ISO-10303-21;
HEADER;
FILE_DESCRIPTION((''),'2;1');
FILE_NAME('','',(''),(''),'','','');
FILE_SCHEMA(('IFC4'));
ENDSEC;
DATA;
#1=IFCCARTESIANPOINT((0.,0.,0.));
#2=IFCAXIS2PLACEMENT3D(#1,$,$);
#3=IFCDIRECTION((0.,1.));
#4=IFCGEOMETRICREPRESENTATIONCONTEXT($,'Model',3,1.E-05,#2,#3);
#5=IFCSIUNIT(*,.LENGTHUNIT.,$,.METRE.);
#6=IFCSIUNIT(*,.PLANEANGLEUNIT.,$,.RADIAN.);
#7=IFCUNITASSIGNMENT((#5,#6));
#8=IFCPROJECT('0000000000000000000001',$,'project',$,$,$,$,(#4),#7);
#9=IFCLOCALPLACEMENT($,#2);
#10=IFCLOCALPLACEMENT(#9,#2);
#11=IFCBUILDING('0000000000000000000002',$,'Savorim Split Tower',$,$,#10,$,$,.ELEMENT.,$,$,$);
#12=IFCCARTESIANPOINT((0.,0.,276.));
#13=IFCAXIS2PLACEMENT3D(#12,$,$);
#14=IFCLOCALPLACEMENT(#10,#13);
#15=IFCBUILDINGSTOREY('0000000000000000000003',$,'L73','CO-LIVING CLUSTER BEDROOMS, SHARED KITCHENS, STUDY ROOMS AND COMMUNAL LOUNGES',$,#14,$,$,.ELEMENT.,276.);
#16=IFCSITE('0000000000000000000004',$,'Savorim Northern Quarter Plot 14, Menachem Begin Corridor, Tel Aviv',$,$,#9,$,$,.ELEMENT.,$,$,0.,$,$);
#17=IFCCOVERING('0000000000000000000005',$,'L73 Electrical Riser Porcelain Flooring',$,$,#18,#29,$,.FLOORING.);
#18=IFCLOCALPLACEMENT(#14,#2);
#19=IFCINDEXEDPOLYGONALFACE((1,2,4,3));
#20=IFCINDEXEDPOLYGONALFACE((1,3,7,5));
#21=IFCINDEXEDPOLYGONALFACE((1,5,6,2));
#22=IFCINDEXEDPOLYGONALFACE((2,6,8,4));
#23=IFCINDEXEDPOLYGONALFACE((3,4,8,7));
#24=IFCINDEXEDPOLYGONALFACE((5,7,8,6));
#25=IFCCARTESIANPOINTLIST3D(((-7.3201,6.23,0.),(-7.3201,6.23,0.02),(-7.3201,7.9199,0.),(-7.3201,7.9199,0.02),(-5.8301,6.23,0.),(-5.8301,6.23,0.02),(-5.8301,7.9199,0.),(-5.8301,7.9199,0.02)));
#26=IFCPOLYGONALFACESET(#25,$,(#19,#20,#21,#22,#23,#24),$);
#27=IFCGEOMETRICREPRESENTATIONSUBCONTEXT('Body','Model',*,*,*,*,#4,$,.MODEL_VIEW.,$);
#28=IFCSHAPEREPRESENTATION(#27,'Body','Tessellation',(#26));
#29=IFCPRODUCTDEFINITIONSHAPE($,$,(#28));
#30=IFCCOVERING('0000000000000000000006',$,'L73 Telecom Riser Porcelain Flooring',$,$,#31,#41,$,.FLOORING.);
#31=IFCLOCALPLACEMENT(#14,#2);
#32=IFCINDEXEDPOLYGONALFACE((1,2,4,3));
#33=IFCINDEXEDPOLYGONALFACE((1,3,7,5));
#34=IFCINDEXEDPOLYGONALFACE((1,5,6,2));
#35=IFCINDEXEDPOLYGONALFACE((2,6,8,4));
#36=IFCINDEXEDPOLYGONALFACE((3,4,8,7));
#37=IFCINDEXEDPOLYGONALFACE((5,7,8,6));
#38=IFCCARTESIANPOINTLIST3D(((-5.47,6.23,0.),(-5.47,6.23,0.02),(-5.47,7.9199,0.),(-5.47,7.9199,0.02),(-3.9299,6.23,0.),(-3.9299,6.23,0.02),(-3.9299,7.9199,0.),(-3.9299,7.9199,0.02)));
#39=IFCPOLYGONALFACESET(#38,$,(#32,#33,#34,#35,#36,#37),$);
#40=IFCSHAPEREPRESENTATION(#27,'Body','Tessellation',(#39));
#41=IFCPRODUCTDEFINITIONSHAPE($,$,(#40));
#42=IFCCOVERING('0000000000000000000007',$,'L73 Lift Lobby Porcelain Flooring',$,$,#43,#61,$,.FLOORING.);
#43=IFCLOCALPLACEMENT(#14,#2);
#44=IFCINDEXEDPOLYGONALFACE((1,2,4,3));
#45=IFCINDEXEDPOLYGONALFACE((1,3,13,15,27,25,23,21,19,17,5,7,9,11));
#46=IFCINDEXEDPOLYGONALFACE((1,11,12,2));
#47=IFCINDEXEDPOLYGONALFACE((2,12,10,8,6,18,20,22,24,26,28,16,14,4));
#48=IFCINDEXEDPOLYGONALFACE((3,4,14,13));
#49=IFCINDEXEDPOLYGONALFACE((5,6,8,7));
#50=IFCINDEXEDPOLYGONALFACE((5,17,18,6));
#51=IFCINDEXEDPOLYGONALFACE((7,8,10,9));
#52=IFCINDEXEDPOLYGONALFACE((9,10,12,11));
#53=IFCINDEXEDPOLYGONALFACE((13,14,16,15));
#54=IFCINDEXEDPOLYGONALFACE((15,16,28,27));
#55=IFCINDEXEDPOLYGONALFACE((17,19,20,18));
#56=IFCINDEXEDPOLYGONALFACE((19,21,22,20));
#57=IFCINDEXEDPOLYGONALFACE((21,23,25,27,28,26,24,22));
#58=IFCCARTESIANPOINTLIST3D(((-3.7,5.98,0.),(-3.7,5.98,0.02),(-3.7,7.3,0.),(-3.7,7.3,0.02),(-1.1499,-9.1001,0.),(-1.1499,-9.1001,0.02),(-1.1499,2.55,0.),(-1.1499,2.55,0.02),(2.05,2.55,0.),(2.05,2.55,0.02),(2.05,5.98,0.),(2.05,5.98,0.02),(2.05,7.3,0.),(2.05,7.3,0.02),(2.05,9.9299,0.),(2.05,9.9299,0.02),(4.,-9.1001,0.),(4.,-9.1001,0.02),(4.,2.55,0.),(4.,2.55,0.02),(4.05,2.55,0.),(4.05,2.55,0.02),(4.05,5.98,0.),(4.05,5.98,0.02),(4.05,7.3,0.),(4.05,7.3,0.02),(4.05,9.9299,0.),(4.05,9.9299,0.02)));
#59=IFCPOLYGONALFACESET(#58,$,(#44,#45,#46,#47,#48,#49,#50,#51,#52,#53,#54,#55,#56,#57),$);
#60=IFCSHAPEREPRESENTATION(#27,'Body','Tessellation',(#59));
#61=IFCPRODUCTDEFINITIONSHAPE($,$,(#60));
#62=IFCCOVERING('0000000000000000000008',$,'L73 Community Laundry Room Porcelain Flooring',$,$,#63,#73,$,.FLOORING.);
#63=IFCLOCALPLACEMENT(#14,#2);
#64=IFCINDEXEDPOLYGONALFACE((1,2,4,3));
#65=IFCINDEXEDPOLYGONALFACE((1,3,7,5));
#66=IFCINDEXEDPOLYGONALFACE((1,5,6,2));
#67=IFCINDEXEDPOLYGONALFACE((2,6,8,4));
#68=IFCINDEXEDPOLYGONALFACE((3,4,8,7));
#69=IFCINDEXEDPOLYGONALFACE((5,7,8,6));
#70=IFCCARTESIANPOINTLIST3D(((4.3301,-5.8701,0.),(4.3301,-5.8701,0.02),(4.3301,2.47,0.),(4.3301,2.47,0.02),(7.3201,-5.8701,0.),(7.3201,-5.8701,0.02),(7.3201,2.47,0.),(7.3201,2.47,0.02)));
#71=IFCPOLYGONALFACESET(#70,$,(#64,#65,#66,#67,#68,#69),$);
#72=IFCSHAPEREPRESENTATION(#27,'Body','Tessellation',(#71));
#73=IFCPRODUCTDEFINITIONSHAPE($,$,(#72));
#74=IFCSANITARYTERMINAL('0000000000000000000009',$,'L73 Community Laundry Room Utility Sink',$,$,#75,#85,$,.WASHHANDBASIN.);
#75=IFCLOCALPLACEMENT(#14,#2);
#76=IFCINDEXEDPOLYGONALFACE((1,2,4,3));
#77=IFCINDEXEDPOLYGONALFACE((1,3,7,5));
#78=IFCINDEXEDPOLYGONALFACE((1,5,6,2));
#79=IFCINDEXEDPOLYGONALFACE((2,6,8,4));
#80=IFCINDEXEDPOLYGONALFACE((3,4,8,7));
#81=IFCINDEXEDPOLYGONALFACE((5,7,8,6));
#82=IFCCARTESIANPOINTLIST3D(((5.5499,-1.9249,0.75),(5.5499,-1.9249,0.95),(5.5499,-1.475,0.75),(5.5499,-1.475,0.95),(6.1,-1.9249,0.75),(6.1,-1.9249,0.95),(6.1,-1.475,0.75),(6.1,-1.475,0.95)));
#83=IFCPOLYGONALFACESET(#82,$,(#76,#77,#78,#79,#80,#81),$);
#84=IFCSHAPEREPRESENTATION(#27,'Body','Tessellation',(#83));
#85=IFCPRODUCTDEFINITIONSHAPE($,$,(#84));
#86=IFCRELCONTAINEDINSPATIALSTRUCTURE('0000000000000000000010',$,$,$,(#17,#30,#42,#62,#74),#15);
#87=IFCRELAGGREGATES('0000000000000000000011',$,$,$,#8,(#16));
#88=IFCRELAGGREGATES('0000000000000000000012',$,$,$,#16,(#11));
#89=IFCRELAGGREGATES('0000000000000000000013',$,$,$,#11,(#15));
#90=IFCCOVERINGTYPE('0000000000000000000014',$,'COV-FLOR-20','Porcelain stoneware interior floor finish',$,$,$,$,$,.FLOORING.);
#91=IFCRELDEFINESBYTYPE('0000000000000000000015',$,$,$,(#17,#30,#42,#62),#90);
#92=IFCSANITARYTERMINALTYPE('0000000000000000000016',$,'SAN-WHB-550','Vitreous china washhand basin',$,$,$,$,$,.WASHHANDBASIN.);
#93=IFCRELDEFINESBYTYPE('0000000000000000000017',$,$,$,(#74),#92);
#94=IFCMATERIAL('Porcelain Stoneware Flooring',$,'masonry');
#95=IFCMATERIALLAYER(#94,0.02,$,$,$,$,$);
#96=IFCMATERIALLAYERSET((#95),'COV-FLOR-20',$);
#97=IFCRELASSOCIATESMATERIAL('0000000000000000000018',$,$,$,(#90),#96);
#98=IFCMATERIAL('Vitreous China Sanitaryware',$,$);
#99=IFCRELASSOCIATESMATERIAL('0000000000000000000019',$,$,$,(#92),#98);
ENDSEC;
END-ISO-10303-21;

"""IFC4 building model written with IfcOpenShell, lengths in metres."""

from ifc_helpers import new_model, si_unit, direction, frame, origin, origin_2d, place, context, subcontext, project, spatial, polyline, rectangle, outline, extrude, material, layer, layer_set, type_object, element, save


model = new_model("IFC4")

# Units and contexts
model_context = context("Model", 3, precision=1e-05, world=origin(), true_north=direction((0.0, 1.0)))
body_context = subcontext(model_context, "Body", "Model", "MODEL_VIEW")
ifc_project = project(units=[si_unit("LENGTHUNIT", "METRE"), si_unit("PLANEANGLEUNIT", "RADIAN")], contexts=[model_context])

# Site, building, storey
site_placement = place(None, origin())
site = spatial("IfcSite", under=ifc_project, at=site_placement, Name="Savorim Northern Quarter Plot 14, Menachem Begin Corridor, Tel Aviv", CompositionType="ELEMENT", RefElevation=0.0)
building_placement = place(site_placement, origin())
building = spatial("IfcBuilding", under=site, at=building_placement, Name="Savorim Split Tower", CompositionType="ELEMENT")
storey_placement = place(building_placement, frame((0.0, 0.0, 276.0)))
storey = spatial("IfcBuildingStorey", under=building, at=storey_placement, Name="L73", Description="CO-LIVING CLUSTER BEDROOMS, SHARED KITCHENS, STUDY ROOMS AND COMMUNAL LOUNGES", CompositionType="ELEMENT", Elevation=276.0)

# Coverings
ifc_material_1 = material(Name="Porcelain Stoneware Flooring", Category="masonry")
ifc_layer_1 = layer(ifc_material_1, 0.02)
ifc_layer_set_1 = layer_set([ifc_layer_1], Name="COV-FLOR-20")
covering_type_1 = type_object("IfcCoveringType", Name="COV-FLOR-20", Description="Porcelain stoneware interior floor finish", PredefinedType="FLOORING", material=ifc_layer_set_1)
covering_1_placement = place(storey_placement, origin())
element("IfcCovering", 1, at=covering_1_placement, inside=storey, type_object=covering_type_1, Name="L73 Electrical Riser Porcelain Flooring", PredefinedType="FLOORING", context=body_context, shape_type="SweptSolid", body=[
    extrude(outline(polyline([(-7.3201, 7.9199), (-7.3201, 6.23), (-5.8301, 6.23), (-5.8301, 7.9199), (-7.3201, 7.9199)])), origin(), (0.0, 0.0, 1.0), 0.02),
])
covering_2_placement = place(storey_placement, origin())
element("IfcCovering", 2, at=covering_2_placement, inside=storey, type_object=covering_type_1, Name="L73 Telecom Riser Porcelain Flooring", PredefinedType="FLOORING", context=body_context, shape_type="SweptSolid", body=[
    extrude(outline(polyline([(-5.47, 7.9199), (-5.47, 6.23), (-3.9299, 6.23), (-3.9299, 7.9199), (-5.47, 7.9199)])), origin(), (0.0, 0.0, 1.0), 0.02),
])
covering_3_placement = place(storey_placement, origin())
element("IfcCovering", 3, at=covering_3_placement, inside=storey, type_object=covering_type_1, Name="L73 Lift Lobby Porcelain Flooring", PredefinedType="FLOORING", context=body_context, shape_type="SweptSolid", body=[
    extrude(outline(polyline([(2.05, 2.55), (-1.1499, 2.55), (-1.1499, -9.1001), (4.0, -9.1001), (4.0, 2.55), (4.05, 2.55), (4.05, 5.98), (4.05, 7.3), (4.05, 9.9299), (2.05, 9.9299), (2.05, 7.3), (-3.7, 7.3), (-3.7, 5.98), (2.05, 5.98), (2.05, 2.55)])), origin(), (0.0, 0.0, 1.0), 0.02),
])
covering_4_placement = place(storey_placement, origin())
element("IfcCovering", 4, at=covering_4_placement, inside=storey, type_object=covering_type_1, Name="L73 Community Laundry Room Porcelain Flooring", PredefinedType="FLOORING", context=body_context, shape_type="SweptSolid", body=[
    extrude(outline(polyline([(4.3301, 2.47), (4.3301, -5.8701), (7.3201, -5.8701), (7.3201, 2.47), (4.3301, 2.47)])), origin(), (0.0, 0.0, 1.0), 0.02),
])

# Sanitary terminal
ifc_material_2 = material(Name="Vitreous China Sanitaryware")
sanitary_terminal_type = type_object("IfcSanitaryTerminalType", Name="SAN-WHB-550", Description="Vitreous china washhand basin", PredefinedType="WASHHANDBASIN", material=ifc_material_2)
sanitary_terminal_placement = place(storey_placement, frame((5.825, -1.7, 0.75), z_axis=(0.0, 0.0, 1.0), x_axis=(1.0, 0.0, 0.0)))
element("IfcSanitaryTerminal", 5, at=sanitary_terminal_placement, inside=storey, type_object=sanitary_terminal_type, Name="L73 Community Laundry Room Utility Sink", PredefinedType="WASHHANDBASIN", context=body_context, shape_type="SweptSolid", body=[
    extrude(rectangle(XDim=0.55, YDim=0.45, at=origin_2d()), origin(), (0.0, 0.0, 1.0), 0.2),
])

save(model, "model.ifc")
